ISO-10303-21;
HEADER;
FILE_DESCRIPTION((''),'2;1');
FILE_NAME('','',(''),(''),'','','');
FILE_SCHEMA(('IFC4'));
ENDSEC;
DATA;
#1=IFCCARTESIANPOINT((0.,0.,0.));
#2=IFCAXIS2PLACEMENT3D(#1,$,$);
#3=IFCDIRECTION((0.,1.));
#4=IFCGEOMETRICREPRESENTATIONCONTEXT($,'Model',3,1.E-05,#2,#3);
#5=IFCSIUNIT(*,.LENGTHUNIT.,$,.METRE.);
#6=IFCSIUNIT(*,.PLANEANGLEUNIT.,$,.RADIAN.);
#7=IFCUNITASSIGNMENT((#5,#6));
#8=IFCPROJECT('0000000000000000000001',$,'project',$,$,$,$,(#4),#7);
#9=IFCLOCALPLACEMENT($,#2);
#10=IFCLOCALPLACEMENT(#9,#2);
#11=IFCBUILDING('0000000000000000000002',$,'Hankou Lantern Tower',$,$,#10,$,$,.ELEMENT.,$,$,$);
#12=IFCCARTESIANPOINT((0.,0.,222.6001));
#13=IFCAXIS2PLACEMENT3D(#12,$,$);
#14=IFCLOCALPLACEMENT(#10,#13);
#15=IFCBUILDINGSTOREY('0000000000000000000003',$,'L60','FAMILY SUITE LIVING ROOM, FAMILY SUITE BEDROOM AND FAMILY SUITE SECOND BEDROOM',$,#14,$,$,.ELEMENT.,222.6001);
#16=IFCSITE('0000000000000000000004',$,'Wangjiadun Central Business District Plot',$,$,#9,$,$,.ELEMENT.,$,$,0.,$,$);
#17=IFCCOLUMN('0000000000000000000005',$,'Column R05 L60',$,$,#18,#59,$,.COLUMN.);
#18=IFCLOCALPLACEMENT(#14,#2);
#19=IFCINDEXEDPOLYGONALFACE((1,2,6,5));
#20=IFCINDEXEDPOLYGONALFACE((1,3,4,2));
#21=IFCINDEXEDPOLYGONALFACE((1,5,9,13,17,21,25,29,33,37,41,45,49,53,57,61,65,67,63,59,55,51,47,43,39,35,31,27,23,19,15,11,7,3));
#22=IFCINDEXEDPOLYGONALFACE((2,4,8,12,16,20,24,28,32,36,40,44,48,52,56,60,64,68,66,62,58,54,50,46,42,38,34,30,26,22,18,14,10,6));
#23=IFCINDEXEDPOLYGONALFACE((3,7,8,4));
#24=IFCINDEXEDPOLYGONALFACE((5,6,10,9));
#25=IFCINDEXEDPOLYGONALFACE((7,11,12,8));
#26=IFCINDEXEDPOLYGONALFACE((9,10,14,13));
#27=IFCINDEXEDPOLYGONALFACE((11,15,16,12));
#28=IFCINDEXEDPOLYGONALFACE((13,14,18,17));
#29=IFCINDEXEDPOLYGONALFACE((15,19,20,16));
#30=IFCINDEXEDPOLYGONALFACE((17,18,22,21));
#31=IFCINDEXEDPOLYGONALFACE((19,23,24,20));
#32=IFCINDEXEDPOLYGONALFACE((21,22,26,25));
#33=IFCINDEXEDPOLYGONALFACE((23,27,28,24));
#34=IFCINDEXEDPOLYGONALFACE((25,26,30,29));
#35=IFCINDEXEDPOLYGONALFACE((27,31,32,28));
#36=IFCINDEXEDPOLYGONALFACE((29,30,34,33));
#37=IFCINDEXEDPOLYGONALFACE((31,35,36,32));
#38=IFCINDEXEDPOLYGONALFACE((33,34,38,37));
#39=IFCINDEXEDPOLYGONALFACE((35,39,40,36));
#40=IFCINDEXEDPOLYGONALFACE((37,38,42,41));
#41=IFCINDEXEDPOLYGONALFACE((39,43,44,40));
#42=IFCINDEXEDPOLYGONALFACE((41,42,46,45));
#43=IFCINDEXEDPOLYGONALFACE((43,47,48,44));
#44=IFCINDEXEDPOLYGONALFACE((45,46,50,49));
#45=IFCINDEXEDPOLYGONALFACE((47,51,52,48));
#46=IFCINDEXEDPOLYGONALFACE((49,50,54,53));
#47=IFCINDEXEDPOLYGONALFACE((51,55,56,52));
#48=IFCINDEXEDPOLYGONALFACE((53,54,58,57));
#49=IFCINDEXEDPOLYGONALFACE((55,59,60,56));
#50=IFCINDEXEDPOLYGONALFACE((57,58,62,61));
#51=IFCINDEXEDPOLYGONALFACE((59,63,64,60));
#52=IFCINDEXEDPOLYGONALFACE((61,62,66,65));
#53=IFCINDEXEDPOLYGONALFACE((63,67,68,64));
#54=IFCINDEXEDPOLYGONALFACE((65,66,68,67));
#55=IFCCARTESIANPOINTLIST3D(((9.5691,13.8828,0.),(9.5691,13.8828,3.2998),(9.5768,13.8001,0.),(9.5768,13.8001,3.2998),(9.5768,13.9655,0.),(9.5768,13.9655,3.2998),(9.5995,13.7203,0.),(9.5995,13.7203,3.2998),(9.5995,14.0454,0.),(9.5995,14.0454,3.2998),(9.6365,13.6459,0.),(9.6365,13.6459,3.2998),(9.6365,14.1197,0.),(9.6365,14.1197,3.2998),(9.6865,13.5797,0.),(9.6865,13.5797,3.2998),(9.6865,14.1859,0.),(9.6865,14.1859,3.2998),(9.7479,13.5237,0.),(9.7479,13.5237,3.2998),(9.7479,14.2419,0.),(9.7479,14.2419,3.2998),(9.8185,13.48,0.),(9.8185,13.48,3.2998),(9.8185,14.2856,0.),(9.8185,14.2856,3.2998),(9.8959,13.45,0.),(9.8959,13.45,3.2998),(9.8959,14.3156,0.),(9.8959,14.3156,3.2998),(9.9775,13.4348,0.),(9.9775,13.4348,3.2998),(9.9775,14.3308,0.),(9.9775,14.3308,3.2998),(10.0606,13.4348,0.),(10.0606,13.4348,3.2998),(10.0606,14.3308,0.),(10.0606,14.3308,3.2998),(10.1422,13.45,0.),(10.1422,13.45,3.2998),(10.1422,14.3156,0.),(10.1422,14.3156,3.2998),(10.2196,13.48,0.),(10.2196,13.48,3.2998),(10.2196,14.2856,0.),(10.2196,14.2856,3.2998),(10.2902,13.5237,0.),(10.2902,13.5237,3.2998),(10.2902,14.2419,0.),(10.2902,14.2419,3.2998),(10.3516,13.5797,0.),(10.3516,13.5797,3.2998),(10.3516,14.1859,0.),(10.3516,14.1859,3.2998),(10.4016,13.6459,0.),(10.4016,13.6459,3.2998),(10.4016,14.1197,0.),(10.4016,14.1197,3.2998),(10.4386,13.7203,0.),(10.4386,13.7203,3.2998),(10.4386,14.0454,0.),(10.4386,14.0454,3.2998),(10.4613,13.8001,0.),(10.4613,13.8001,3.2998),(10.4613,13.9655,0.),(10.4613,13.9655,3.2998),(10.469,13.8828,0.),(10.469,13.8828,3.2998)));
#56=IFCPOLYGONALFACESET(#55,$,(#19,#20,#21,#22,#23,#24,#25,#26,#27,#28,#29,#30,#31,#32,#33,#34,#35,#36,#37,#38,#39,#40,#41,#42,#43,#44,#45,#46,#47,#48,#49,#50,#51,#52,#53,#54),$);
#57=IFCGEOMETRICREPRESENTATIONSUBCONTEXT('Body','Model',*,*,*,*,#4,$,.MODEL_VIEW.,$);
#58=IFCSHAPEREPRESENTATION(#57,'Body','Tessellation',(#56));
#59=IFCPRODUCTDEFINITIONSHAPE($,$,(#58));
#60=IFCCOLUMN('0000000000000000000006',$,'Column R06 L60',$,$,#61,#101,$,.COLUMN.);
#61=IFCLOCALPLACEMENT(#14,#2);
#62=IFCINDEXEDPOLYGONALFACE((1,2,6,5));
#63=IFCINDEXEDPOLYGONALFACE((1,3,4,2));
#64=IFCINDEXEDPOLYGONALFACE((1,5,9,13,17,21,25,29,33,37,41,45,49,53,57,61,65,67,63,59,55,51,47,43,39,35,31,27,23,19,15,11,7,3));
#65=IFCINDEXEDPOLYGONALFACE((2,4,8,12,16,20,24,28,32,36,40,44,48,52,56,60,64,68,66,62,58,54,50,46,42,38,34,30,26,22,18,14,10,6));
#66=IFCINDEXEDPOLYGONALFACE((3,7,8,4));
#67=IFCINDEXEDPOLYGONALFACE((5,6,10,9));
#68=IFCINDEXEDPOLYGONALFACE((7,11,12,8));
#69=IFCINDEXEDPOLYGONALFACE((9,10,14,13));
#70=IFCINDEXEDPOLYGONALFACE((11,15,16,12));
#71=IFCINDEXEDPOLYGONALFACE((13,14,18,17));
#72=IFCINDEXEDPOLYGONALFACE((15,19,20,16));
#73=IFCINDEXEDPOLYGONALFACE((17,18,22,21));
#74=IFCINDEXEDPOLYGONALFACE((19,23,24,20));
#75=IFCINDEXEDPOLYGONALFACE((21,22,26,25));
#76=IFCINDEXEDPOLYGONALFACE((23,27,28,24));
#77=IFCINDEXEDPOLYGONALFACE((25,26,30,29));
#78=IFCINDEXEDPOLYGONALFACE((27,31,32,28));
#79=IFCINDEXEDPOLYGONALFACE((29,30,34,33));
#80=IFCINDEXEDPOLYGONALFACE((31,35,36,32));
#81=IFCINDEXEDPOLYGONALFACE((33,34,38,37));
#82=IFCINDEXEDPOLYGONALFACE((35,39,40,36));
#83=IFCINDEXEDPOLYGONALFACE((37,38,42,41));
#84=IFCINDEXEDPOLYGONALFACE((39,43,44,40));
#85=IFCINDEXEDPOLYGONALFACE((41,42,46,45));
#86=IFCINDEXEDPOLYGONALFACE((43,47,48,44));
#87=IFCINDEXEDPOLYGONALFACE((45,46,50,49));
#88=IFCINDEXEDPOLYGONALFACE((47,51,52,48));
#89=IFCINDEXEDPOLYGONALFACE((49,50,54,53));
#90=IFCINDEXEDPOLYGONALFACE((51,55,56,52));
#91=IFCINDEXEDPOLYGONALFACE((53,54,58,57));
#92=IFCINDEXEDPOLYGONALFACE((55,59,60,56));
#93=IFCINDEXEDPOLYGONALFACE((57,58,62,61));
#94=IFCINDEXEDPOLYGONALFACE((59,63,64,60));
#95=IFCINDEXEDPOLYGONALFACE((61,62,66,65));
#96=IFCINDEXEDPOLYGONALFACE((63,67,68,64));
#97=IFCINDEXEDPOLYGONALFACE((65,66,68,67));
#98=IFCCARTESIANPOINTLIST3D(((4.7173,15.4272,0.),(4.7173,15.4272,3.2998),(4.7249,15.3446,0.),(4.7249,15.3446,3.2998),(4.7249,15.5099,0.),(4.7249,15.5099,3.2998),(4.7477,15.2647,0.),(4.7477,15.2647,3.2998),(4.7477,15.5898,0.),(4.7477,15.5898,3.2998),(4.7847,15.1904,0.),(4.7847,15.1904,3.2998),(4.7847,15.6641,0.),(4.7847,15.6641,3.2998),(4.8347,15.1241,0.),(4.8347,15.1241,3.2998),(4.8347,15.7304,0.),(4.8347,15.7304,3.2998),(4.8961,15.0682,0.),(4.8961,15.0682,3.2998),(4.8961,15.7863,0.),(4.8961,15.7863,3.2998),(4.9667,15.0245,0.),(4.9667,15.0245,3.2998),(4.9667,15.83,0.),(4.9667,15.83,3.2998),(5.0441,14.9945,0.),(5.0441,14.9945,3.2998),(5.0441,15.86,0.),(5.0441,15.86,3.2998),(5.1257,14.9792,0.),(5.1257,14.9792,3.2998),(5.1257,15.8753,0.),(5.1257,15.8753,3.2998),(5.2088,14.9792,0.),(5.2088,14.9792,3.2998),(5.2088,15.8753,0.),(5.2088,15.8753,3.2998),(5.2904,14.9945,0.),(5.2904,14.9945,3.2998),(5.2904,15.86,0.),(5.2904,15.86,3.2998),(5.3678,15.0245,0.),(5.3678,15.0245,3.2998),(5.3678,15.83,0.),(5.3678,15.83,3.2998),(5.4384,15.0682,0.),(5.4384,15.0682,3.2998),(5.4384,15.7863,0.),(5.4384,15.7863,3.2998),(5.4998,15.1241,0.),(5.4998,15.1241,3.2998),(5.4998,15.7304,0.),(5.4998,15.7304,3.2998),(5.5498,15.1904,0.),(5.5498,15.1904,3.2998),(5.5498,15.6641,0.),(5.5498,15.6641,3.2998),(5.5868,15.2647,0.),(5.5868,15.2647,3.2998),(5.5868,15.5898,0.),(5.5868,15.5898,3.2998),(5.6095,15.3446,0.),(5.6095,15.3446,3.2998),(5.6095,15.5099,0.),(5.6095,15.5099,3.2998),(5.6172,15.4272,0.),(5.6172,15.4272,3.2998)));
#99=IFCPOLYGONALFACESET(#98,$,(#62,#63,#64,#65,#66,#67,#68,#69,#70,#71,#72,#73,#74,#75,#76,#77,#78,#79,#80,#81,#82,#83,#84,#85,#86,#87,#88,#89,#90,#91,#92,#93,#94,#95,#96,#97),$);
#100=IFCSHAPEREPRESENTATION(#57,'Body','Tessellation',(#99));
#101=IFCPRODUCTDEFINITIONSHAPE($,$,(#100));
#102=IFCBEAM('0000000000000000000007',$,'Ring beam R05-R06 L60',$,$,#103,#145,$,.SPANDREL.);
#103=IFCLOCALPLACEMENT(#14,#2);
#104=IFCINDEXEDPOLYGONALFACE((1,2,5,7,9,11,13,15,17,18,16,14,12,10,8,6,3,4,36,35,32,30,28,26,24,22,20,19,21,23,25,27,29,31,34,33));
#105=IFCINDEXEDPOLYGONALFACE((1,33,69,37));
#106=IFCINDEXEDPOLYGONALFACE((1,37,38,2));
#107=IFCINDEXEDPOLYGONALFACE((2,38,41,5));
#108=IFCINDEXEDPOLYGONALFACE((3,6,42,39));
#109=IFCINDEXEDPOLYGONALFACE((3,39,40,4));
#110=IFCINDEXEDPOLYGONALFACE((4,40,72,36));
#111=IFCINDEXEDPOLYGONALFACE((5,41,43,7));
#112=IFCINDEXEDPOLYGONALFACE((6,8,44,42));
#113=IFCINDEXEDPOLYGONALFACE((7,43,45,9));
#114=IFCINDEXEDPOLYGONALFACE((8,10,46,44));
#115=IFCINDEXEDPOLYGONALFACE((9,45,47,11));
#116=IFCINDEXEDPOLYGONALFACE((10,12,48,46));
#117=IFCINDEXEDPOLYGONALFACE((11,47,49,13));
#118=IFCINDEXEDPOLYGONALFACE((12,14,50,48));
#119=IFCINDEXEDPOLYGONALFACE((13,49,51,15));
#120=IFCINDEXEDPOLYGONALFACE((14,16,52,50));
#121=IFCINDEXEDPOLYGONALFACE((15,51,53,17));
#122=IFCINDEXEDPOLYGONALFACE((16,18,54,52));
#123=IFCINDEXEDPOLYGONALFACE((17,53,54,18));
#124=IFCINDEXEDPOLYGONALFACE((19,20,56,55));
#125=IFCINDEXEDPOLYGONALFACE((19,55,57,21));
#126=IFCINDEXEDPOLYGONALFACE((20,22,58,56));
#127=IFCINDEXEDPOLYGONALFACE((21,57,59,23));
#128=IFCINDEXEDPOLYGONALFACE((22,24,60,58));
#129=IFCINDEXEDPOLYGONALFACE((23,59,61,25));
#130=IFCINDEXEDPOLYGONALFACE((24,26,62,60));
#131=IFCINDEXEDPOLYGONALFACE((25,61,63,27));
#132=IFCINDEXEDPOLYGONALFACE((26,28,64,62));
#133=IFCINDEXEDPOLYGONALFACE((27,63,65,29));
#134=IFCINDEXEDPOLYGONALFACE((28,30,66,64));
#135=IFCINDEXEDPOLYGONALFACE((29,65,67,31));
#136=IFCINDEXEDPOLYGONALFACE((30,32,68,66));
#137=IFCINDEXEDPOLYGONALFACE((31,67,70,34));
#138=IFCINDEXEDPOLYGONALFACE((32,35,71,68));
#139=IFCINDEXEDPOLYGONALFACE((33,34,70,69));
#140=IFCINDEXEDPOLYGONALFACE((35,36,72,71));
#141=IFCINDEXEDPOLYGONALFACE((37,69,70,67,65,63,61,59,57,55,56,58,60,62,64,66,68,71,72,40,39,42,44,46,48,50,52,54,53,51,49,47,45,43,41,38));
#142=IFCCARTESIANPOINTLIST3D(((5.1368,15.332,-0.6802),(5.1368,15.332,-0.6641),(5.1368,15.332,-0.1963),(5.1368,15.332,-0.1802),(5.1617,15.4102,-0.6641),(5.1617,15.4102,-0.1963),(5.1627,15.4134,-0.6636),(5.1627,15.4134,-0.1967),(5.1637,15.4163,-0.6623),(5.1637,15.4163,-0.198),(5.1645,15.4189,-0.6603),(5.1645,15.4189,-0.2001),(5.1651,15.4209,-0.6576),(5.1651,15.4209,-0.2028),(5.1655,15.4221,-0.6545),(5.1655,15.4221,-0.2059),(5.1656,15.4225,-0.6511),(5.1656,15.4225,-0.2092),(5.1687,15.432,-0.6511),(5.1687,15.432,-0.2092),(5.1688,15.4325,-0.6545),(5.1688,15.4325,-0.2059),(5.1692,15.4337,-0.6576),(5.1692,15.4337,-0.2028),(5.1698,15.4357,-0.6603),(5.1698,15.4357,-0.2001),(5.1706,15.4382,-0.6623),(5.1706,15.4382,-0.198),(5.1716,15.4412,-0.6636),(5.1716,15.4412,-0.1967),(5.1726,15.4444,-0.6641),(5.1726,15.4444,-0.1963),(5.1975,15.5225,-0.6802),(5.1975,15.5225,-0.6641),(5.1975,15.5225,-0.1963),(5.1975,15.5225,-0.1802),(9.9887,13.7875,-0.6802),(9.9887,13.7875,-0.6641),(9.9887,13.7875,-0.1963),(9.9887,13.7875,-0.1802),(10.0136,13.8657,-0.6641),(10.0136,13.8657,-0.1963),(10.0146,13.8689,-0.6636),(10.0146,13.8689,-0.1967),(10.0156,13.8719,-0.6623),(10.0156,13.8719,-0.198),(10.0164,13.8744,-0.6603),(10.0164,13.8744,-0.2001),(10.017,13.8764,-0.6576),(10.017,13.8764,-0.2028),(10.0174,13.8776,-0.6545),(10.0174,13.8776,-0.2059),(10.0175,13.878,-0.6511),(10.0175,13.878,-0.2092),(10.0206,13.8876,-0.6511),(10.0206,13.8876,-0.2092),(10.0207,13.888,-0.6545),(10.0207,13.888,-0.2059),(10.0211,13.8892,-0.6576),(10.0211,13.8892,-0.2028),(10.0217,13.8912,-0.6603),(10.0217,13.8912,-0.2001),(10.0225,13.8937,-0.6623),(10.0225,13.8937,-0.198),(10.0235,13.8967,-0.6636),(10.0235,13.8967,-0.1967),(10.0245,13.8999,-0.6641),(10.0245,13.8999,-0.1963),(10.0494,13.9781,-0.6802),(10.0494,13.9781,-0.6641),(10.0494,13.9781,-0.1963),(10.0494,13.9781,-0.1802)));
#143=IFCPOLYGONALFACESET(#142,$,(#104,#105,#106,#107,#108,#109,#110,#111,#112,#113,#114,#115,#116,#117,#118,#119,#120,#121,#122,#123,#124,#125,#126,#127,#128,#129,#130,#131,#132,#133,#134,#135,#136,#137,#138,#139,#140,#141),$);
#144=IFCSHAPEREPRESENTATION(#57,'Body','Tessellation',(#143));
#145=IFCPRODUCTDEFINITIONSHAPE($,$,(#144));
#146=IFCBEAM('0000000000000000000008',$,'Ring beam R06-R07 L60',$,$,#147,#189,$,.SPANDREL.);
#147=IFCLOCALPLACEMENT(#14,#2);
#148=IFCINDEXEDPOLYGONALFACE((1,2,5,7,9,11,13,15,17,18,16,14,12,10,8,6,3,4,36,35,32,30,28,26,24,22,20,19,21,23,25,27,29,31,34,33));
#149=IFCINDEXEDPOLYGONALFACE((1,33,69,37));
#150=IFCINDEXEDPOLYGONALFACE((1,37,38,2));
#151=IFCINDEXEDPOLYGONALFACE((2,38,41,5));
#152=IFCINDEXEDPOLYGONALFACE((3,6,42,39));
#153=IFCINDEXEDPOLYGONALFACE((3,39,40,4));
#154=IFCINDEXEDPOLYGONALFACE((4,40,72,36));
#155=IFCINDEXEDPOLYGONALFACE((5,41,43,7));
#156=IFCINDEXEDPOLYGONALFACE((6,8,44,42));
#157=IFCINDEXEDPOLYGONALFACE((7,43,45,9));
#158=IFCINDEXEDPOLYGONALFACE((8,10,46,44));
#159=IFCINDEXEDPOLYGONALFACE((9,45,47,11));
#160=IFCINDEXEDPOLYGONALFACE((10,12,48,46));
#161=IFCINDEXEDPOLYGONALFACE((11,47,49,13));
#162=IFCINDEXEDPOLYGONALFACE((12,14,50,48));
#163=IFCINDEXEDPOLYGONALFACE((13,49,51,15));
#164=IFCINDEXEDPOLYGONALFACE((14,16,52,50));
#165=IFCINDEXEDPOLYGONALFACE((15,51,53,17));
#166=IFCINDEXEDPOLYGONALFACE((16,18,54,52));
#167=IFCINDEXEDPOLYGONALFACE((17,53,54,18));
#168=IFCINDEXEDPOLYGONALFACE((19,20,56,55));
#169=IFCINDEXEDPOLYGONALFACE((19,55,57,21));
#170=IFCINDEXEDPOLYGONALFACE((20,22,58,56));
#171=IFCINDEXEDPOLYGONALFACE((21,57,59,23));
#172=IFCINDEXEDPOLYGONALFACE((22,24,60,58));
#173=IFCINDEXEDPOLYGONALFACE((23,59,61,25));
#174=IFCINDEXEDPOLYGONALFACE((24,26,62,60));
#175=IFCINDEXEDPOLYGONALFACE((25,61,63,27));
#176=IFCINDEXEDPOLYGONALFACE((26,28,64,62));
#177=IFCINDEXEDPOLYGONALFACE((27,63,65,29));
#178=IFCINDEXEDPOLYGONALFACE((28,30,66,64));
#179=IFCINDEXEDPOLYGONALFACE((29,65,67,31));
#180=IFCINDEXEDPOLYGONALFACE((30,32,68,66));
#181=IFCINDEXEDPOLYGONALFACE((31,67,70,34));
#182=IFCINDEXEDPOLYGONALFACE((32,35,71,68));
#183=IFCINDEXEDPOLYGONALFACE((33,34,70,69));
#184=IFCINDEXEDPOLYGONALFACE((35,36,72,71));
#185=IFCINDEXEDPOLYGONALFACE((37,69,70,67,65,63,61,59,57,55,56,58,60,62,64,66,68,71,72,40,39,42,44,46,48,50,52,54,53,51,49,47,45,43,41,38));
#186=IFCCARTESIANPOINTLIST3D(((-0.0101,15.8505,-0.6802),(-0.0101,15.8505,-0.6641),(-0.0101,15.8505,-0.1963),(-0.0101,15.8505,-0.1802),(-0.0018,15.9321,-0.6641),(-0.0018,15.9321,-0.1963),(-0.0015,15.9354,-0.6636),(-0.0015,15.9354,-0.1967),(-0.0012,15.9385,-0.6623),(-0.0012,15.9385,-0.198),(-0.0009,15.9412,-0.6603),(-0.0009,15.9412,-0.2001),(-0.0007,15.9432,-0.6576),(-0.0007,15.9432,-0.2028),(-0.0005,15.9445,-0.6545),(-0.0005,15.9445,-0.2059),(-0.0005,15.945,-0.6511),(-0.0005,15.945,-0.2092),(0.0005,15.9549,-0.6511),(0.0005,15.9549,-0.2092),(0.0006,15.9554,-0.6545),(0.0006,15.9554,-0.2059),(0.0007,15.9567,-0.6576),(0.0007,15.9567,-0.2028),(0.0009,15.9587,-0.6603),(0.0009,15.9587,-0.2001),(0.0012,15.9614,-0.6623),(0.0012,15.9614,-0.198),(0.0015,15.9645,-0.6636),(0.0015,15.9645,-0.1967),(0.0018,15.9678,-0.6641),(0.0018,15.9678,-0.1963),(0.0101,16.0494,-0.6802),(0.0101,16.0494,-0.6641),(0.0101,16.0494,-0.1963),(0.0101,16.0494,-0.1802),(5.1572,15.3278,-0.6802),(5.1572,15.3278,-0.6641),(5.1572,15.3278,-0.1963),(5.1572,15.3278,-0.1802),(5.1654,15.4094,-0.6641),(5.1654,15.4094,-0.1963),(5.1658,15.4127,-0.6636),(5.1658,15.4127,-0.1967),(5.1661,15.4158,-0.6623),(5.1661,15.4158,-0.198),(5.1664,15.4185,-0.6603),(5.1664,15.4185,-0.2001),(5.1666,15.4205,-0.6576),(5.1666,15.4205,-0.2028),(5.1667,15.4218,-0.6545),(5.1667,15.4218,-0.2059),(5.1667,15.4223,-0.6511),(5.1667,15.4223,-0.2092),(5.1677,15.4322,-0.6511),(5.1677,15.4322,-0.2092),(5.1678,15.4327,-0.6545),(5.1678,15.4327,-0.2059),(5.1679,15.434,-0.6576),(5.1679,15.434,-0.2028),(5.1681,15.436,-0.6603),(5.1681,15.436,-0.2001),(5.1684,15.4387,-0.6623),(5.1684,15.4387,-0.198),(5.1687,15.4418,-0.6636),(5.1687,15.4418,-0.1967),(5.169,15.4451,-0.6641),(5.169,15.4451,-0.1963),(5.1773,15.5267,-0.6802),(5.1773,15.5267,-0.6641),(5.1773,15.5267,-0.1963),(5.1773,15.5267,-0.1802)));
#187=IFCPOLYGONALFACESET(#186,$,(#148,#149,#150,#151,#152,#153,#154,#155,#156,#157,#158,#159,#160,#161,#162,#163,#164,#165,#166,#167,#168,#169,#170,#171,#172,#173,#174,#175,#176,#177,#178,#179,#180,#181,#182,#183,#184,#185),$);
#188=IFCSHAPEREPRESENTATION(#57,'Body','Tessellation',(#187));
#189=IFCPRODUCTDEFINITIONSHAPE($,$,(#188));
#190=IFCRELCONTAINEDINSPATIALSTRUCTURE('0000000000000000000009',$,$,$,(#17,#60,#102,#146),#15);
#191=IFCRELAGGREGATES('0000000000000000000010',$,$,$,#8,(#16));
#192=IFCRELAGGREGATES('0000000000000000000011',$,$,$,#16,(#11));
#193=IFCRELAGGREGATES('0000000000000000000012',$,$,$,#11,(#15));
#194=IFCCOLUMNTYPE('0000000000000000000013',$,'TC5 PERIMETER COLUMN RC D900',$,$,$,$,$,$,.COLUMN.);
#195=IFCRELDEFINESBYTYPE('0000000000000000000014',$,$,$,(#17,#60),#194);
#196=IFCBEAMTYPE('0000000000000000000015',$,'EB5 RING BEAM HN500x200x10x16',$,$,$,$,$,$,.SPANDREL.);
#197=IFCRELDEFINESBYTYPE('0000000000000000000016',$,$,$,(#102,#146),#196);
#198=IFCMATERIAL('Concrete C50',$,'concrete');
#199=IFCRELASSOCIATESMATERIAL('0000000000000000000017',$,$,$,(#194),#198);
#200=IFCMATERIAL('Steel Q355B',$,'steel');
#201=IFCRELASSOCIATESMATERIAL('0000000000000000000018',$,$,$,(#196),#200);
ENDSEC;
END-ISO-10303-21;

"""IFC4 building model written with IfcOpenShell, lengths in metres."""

from ifc_helpers import new_model, si_unit, direction, frame, origin, origin_2d, place, context, subcontext, project, spatial, circle, i_section, extrude, material, material_profile, profile_set, type_object, element, save


model = new_model("IFC4")

# Units and contexts
model_context = context("Model", 3, precision=1e-05, world=origin(), true_north=direction((0.0, 1.0)))
body_context = subcontext(model_context, "Body", "Model", "MODEL_VIEW")
ifc_project = project(units=[si_unit("LENGTHUNIT", "METRE"), si_unit("PLANEANGLEUNIT", "RADIAN")], contexts=[model_context])

# Site, building, storey
site_placement = place(None, origin())
site = spatial("IfcSite", under=ifc_project, at=site_placement, Name="Wangjiadun Central Business District Plot", CompositionType="ELEMENT", RefElevation=0.0)
building_placement = place(site_placement, origin())
building = spatial("IfcBuilding", under=site, at=building_placement, Name="Hankou Lantern Tower", CompositionType="ELEMENT")
storey_placement = place(building_placement, frame((0.0, 0.0, 222.6001)))
storey = spatial("IfcBuildingStorey", under=building, at=storey_placement, Name="L60", Description="FAMILY SUITE LIVING ROOM, FAMILY SUITE BEDROOM AND FAMILY SUITE SECOND BEDROOM", CompositionType="ELEMENT", Elevation=222.6001)

# Columns
ifc_material_1 = material(Name="Concrete C50", Category="concrete")
ifc_material_profile_1 = material_profile(ifc_material_1, circle(Radius=0.45, at=origin_2d()), Name="RC D900")
ifc_profile_set_1 = profile_set([ifc_material_profile_1], Name="Concrete C50")
column_type = type_object("IfcColumnType", Name="TC5 PERIMETER COLUMN RC D900", PredefinedType="COLUMN", material=ifc_profile_set_1)
for number, where, z_axis, x_axis, name in (
    (1, (10.019, 13.8828, 0.0), (0.0, 0.0, 1.0), (1.0, 0.0, 0.0), "Column R05 L60"),
    (2, (5.1672, 15.4272, 0.0), (0.0, 0.0, 1.0), (1.0, 0.0, 0.0), "Column R06 L60"),
):
    element("IfcColumn", number, at=place(storey_placement, frame(where, z_axis=z_axis, x_axis=x_axis)), inside=storey, type_object=column_type, Name=name, PredefinedType="COLUMN", context=body_context, shape_type="SweptSolid", body=[
        extrude(circle(Radius=0.45, at=origin_2d()), origin(), (0.0, 0.0, 1.0), 3.2998),
    ])

# Beams
ifc_material_2 = material(Name="Steel Q355B", Category="steel")
ifc_material_profile_2 = material_profile(ifc_material_2, i_section(OverallWidth=0.2, OverallDepth=0.5, WebThickness=0.01, FlangeThickness=0.0161, FilletRadius=0.0129, at=origin_2d()), Name="HN500x200x10x16")
ifc_profile_set_2 = profile_set([ifc_material_profile_2], Name="Steel Q355B")
beam_type_1 = type_object("IfcBeamType", Name="EB5 RING BEAM HN500x200x10x16", PredefinedType="SPANDREL", material=ifc_profile_set_2)
beam_1_placement = place(storey_placement, frame((10.019, 13.8828, -0.4302), z_axis=(-0.952887, 0.303324, 0.0), x_axis=(-0.303324, -0.952887, 0.0)))
element("IfcBeam", 3, at=beam_1_placement, inside=storey, type_object=beam_type_1, Name="Ring beam R05-R06 L60", PredefinedType="SPANDREL", context=body_context, shape_type="SweptSolid", body=[
    extrude(i_section(OverallWidth=0.2, OverallDepth=0.5, WebThickness=0.01, FlangeThickness=0.0161, FilletRadius=0.0129, at=origin_2d()), origin(), (0.0, 0.0, 1.0), 5.0918),
])
beam_2_placement = place(storey_placement, frame((5.1672, 15.4272, -0.4302), z_axis=(-0.994923, 0.100644, 0.0), x_axis=(-0.100644, -0.994923, 0.0)))
element("IfcBeam", 4, at=beam_2_placement, inside=storey, type_object=beam_type_1, Name="Ring beam R06-R07 L60", PredefinedType="SPANDREL", context=body_context, shape_type="SweptSolid", body=[
    extrude(i_section(OverallWidth=0.2, OverallDepth=0.5, WebThickness=0.01, FlangeThickness=0.0161, FilletRadius=0.0129, at=origin_2d()), origin(), (0.0, 0.0, 1.0), 5.1936),
])

save(model, "model.ifc")
